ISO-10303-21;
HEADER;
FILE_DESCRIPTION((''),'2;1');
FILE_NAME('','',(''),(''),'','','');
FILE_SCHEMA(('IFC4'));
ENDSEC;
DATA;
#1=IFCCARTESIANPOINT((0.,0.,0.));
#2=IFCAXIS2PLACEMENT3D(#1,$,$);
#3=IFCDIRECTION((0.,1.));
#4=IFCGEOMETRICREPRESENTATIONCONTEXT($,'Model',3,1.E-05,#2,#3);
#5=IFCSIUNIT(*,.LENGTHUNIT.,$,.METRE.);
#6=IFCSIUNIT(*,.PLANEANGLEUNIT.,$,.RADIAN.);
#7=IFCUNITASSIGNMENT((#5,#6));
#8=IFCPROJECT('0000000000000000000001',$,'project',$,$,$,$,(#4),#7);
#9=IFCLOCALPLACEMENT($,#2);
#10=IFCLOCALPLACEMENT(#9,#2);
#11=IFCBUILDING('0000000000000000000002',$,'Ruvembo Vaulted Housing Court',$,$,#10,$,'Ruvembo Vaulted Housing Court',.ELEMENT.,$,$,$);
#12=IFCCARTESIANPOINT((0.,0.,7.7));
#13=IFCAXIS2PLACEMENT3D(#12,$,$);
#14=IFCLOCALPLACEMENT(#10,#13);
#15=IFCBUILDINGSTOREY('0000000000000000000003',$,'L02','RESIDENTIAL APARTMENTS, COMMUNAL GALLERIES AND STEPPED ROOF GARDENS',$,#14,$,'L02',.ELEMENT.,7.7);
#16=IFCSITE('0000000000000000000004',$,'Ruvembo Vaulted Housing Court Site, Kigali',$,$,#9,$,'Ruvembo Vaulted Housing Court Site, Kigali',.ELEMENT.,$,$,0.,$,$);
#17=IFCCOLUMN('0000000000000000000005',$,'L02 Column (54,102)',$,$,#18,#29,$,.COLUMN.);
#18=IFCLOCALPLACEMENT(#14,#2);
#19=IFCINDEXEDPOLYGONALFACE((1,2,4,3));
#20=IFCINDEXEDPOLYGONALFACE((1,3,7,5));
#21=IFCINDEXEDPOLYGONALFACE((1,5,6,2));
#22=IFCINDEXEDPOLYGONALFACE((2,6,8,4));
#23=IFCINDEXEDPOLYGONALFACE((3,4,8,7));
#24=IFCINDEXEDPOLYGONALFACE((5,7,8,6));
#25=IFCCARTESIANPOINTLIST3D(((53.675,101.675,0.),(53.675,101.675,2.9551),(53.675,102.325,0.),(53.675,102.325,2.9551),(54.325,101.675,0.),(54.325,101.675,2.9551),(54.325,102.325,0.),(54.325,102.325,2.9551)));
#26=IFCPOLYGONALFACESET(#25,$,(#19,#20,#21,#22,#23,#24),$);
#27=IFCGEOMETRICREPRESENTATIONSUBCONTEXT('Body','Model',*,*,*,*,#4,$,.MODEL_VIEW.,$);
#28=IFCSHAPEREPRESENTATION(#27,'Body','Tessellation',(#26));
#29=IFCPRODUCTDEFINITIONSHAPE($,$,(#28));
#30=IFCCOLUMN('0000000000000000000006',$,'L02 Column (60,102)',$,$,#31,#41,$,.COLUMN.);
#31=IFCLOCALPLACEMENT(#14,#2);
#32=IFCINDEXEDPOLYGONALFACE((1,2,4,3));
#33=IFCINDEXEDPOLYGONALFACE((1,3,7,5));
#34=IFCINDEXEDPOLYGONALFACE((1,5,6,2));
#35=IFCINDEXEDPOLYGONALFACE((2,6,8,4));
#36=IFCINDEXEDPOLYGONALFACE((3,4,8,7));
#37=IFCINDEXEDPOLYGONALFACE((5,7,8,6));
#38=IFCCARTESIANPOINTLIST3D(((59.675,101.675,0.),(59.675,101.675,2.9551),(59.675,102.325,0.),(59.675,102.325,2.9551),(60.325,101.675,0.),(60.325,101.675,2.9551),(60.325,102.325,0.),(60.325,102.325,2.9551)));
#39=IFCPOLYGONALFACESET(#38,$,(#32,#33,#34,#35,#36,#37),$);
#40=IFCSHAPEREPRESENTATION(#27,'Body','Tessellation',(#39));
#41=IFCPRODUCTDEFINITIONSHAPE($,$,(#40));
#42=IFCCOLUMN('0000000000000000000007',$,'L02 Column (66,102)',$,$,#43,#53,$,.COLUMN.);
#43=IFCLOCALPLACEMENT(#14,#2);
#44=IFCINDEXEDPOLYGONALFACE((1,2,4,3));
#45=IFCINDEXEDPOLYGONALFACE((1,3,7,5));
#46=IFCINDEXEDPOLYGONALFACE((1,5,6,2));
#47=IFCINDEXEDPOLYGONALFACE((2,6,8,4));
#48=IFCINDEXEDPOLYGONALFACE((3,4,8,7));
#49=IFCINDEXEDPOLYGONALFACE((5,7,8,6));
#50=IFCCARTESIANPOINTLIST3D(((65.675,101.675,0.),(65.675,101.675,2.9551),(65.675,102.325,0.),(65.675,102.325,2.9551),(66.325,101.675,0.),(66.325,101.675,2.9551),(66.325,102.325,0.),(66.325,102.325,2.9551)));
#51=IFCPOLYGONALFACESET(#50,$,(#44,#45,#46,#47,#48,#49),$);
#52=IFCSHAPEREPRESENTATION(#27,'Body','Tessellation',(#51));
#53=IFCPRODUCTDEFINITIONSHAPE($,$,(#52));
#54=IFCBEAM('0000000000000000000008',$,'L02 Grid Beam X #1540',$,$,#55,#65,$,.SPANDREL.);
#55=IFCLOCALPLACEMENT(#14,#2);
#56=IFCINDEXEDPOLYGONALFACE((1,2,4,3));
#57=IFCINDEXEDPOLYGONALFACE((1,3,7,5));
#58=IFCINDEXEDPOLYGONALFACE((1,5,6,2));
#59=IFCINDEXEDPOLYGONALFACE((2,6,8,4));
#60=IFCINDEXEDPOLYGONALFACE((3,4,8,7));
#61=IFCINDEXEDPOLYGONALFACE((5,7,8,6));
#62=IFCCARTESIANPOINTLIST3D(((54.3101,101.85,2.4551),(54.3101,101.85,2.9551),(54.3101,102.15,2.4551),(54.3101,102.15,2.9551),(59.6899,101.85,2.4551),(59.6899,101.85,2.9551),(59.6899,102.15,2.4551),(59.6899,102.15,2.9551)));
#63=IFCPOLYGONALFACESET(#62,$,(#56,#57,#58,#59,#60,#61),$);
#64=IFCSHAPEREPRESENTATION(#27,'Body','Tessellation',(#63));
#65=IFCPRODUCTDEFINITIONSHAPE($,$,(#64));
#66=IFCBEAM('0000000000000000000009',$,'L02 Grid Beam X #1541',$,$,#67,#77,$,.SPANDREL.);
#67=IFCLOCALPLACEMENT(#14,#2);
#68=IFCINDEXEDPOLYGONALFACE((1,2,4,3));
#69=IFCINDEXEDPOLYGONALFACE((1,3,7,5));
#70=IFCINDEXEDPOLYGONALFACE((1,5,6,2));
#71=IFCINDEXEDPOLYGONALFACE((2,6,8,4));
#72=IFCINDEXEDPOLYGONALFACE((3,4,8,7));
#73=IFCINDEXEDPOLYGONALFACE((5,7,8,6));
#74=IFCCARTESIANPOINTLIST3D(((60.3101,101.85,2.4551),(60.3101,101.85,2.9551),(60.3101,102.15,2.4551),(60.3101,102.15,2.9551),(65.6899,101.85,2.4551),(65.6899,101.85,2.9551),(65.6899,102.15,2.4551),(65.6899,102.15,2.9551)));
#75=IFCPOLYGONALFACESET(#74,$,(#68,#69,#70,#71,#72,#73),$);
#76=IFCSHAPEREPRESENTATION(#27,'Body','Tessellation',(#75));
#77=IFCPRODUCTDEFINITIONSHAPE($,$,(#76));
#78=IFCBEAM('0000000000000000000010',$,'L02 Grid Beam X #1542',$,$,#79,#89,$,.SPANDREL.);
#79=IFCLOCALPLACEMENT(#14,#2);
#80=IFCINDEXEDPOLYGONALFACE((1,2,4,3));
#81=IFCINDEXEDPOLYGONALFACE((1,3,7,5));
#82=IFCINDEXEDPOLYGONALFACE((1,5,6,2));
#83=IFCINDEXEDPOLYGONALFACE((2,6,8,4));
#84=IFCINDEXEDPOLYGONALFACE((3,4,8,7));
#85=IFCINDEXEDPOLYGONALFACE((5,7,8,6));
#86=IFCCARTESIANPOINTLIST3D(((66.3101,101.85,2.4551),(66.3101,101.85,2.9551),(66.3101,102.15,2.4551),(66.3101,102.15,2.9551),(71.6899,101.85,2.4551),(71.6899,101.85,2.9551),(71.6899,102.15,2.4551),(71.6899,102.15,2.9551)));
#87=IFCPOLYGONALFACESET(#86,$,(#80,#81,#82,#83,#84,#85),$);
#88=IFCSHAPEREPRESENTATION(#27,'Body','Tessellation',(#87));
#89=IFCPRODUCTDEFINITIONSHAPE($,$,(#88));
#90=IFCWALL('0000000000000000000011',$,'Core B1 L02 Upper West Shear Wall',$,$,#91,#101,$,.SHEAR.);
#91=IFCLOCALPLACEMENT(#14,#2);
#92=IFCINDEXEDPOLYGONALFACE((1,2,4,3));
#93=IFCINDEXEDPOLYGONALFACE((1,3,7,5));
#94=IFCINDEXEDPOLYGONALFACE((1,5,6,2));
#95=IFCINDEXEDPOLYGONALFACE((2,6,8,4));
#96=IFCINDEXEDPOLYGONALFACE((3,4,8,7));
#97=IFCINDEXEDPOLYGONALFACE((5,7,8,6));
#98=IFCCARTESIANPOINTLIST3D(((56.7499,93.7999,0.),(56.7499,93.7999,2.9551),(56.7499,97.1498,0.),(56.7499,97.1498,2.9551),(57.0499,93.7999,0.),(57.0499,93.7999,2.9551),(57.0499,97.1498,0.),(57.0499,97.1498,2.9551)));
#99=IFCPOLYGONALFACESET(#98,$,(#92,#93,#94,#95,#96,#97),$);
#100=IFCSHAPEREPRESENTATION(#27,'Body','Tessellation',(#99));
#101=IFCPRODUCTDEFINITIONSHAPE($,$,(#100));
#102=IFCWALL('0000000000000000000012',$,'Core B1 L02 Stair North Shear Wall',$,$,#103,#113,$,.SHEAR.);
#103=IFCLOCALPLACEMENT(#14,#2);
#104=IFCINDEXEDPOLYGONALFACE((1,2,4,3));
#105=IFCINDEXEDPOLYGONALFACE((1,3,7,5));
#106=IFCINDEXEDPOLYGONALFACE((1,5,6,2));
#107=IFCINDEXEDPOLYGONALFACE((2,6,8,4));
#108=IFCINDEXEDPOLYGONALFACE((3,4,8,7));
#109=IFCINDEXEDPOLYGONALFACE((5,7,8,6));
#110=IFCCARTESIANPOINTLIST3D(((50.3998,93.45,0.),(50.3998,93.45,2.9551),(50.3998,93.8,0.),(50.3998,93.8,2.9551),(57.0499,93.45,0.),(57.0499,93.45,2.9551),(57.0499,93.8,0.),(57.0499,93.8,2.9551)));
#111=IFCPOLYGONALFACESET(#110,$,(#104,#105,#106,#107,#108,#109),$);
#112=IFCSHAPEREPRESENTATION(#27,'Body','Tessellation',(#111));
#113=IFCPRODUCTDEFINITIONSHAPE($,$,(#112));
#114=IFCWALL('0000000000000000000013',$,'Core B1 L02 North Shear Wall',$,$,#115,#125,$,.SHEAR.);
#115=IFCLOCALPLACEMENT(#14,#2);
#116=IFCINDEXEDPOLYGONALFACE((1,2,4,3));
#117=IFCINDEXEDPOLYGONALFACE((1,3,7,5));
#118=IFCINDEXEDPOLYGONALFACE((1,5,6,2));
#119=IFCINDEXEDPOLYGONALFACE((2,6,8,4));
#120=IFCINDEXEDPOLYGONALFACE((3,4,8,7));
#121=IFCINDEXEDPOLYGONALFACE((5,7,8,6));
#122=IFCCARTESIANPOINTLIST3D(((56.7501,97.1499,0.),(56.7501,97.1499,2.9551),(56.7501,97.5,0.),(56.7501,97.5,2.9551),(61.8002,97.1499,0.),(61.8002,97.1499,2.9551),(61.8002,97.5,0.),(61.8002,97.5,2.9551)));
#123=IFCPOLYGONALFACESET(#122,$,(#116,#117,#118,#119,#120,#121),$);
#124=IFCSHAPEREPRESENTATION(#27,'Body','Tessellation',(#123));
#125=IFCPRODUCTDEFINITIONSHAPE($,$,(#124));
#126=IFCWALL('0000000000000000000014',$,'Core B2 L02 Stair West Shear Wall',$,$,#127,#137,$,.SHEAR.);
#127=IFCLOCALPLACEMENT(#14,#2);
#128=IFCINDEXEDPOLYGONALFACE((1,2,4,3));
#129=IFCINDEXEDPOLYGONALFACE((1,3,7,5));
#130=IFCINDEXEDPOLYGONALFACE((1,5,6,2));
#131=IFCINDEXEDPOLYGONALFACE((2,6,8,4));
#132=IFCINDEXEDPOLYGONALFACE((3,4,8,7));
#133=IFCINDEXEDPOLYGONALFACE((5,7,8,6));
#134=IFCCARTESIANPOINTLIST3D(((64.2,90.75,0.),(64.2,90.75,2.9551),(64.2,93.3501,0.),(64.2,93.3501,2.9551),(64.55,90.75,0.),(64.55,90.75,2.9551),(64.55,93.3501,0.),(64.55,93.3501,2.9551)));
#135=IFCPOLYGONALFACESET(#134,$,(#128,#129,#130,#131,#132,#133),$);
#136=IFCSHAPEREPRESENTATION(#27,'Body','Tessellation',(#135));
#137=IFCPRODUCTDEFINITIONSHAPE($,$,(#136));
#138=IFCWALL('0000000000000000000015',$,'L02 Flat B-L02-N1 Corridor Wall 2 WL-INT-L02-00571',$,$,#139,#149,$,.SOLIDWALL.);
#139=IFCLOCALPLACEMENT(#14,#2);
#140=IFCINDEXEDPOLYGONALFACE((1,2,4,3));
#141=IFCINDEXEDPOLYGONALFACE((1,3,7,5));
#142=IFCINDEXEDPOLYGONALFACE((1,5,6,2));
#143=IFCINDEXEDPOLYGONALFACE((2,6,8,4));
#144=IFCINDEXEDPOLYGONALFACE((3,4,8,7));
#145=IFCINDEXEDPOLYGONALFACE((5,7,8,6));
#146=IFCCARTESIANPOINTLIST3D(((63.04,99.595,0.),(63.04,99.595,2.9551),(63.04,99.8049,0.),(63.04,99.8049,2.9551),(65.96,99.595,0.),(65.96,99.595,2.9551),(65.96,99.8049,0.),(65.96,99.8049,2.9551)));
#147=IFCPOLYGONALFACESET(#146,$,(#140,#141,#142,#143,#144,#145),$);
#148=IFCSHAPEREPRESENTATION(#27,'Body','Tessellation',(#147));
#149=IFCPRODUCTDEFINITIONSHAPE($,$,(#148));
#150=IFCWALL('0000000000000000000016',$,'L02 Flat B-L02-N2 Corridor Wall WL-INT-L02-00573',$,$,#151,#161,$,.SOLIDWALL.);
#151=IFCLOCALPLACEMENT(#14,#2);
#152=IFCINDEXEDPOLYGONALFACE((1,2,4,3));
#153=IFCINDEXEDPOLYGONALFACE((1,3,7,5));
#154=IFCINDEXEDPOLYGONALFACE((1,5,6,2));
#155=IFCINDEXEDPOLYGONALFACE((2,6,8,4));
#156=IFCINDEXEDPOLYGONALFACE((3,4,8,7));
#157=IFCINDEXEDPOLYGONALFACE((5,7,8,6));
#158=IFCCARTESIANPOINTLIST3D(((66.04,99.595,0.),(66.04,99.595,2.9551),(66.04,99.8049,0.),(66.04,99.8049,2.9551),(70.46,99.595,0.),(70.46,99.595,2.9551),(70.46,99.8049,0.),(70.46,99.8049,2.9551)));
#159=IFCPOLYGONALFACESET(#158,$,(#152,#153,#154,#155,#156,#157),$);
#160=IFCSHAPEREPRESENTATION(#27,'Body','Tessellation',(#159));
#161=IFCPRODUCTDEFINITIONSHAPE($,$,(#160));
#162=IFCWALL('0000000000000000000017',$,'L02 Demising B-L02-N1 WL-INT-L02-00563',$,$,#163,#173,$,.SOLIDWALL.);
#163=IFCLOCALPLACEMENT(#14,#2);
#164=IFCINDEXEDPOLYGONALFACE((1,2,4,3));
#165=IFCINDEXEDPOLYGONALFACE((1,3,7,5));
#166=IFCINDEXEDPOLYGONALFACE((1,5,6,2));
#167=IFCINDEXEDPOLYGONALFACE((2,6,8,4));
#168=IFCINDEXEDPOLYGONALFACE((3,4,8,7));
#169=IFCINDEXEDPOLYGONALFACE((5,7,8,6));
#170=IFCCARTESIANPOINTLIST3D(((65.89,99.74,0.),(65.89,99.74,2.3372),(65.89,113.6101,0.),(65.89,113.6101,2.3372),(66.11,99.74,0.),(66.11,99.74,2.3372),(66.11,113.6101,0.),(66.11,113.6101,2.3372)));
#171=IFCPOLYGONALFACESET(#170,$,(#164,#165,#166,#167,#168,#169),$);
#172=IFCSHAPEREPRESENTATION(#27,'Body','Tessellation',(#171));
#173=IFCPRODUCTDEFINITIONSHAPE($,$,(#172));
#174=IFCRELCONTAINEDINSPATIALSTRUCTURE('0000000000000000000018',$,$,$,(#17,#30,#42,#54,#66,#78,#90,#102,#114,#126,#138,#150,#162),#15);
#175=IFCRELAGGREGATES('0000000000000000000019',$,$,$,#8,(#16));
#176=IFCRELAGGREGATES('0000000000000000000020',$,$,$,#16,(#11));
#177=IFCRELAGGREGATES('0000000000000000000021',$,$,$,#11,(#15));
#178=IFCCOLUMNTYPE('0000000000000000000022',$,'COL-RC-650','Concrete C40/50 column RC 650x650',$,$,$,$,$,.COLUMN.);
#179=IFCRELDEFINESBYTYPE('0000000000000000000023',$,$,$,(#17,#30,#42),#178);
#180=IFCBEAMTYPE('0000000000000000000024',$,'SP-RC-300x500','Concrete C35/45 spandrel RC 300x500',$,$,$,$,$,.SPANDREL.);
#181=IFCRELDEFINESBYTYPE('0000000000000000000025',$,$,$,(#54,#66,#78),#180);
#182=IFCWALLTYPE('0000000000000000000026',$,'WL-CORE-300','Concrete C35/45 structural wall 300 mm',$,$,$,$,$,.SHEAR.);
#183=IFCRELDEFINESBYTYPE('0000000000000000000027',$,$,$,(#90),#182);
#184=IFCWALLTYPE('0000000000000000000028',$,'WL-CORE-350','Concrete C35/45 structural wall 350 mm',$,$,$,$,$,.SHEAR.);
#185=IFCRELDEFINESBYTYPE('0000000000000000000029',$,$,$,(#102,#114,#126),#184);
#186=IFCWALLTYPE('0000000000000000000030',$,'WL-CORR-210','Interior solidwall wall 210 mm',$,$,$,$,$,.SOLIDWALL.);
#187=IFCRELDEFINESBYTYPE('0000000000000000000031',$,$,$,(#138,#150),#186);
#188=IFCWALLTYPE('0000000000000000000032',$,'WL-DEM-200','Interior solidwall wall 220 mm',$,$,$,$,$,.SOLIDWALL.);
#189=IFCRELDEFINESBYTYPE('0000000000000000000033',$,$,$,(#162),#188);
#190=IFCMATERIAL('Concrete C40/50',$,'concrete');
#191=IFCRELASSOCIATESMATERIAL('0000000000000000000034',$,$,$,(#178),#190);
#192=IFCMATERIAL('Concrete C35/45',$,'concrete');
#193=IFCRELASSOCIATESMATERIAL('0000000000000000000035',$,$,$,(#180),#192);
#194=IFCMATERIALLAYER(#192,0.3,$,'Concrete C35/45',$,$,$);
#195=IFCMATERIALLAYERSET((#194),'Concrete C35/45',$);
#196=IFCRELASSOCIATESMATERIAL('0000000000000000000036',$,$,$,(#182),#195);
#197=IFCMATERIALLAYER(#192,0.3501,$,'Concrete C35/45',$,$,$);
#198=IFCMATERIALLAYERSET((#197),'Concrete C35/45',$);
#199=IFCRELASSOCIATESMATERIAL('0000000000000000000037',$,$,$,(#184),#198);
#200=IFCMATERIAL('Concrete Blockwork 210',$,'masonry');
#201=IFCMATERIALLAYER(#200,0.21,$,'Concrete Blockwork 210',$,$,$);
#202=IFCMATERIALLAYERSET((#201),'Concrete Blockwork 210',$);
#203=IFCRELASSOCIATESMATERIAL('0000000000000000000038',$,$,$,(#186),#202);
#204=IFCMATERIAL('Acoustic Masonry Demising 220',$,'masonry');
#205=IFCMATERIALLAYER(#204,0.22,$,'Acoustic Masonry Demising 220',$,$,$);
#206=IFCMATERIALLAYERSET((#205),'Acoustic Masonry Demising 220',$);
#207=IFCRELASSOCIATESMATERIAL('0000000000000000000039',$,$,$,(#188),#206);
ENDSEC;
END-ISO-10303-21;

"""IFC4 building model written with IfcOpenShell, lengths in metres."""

from ifc_helpers import new_model, si_unit, direction, frame, frame_2d, origin, origin_2d, place, context, subcontext, project, spatial, rectangle, extrude, material, layer, layer_set, material_profile, profile_set, type_object, element, save


model = new_model("IFC4")

# Units and contexts
model_context = context("Model", 3, precision=1e-05, world=origin(), true_north=direction((0.0, 1.0)))
body_context = subcontext(model_context, "Body", "Model", "MODEL_VIEW")
ifc_project = project(units=[si_unit("LENGTHUNIT", "METRE"), si_unit("PLANEANGLEUNIT", "RADIAN")], contexts=[model_context])

# Site, building, storey
site_placement = place(None, origin())
site = spatial("IfcSite", under=ifc_project, at=site_placement, Name="Ruvembo Vaulted Housing Court Site, Kigali", LongName="Ruvembo Vaulted Housing Court Site, Kigali", CompositionType="ELEMENT", RefElevation=0.0)
building_placement = place(site_placement, origin())
building = spatial("IfcBuilding", under=site, at=building_placement, Name="Ruvembo Vaulted Housing Court", LongName="Ruvembo Vaulted Housing Court", CompositionType="ELEMENT")
storey_placement = place(building_placement, frame((0.0, 0.0, 7.7)))
storey = spatial("IfcBuildingStorey", under=building, at=storey_placement, Name="L02", Description="RESIDENTIAL APARTMENTS, COMMUNAL GALLERIES AND STEPPED ROOF GARDENS", LongName="L02", CompositionType="ELEMENT", Elevation=7.7)

# Columns
ifc_material_1 = material(Name="Concrete C40/50", Category="concrete")
ifc_material_profile_1 = material_profile(ifc_material_1, rectangle(XDim=0.6499, YDim=0.6499, at=origin_2d()), Name="RC 650x650")
ifc_profile_set_1 = profile_set([ifc_material_profile_1], Name="Concrete C40/50")
column_type = type_object("IfcColumnType", Name="COL-RC-650", Description="Concrete C40/50 column RC 650x650", PredefinedType="COLUMN", material=ifc_profile_set_1)
for number, where, z_axis, x_axis, name in (
    (1, (54.0, 102.0, 0.0), (0.0, 0.0, 1.0), (1.0, 0.0, 0.0), "L02 Column (54,102)"),
    (2, (60.0, 102.0, 0.0), (0.0, 0.0, 1.0), (1.0, 0.0, 0.0), "L02 Column (60,102)"),
    (3, (66.0, 102.0, 0.0), (0.0, 0.0, 1.0), (1.0, 0.0, 0.0), "L02 Column (66,102)"),
):
    element("IfcColumn", number, at=place(storey_placement, frame(where, z_axis=z_axis, x_axis=x_axis)), inside=storey, type_object=column_type, Name=name, PredefinedType="COLUMN", context=body_context, shape_type="SweptSolid", body=[
        extrude(rectangle(XDim=0.6499, YDim=0.6499, at=origin_2d()), origin(), (0.0, 0.0, 1.0), 2.9551),
    ])

# Beams
ifc_material_2 = material(Name="Concrete C35/45", Category="concrete")
ifc_material_profile_2 = material_profile(ifc_material_2, rectangle(XDim=0.3, YDim=0.5, at=origin_2d()), Name="RC 300x500")
ifc_profile_set_2 = profile_set([ifc_material_profile_2], Name="Concrete C35/45")
beam_type = type_object("IfcBeamType", Name="SP-RC-300x500", Description="Concrete C35/45 spandrel RC 300x500", PredefinedType="SPANDREL", material=ifc_profile_set_2)
for number, where, z_axis, x_axis, name in (
    (4, (54.3101, 102.0, 2.7051), (1.0, 0.0, 0.0), (0.0, 1.0, 0.0), "L02 Grid Beam X #1540"),
    (5, (60.3101, 102.0, 2.7051), (1.0, 0.0, 0.0), (0.0, 1.0, 0.0), "L02 Grid Beam X #1541"),
    (6, (66.3101, 102.0, 2.7051), (1.0, 0.0, 0.0), (0.0, 1.0, 0.0), "L02 Grid Beam X #1542"),
):
    element("IfcBeam", number, at=place(storey_placement, frame(where, z_axis=z_axis, x_axis=x_axis)), inside=storey, type_object=beam_type, Name=name, PredefinedType="SPANDREL", context=body_context, shape_type="SweptSolid", body=[
        extrude(rectangle(XDim=0.3, YDim=0.5, at=origin_2d()), origin(), (0.0, 0.0, 1.0), 5.3799),
    ])

# Walls
ifc_layer_1 = layer(ifc_material_2, 0.3, Name="Concrete C35/45")
ifc_layer_set_1 = layer_set([ifc_layer_1], Name="Concrete C35/45")
wall_type_1 = type_object("IfcWallType", Name="WL-CORE-300", Description="Concrete C35/45 structural wall 300 mm", PredefinedType="SHEAR", material=ifc_layer_set_1)
wall_1_placement = place(storey_placement, frame((56.8999, 93.8, 0.0), z_axis=(0.0, 0.0, 1.0), x_axis=(0.0, 1.0, 0.0)))
element("IfcWall", 7, at=wall_1_placement, inside=storey, type_object=wall_type_1, Name="Core B1 L02 Upper West Shear Wall", PredefinedType="SHEAR", context=body_context, shape_type="SweptSolid", body=[
    extrude(rectangle(XDim=3.3499, YDim=0.3, at=frame_2d((1.6748, 0.0))), origin(), (0.0, 0.0, 1.0), 2.9551),
])
ifc_layer_2 = layer(ifc_material_2, 0.3501, Name="Concrete C35/45")
ifc_layer_set_2 = layer_set([ifc_layer_2], Name="Concrete C35/45")
wall_type_2 = type_object("IfcWallType", Name="WL-CORE-350", Description="Concrete C35/45 structural wall 350 mm", PredefinedType="SHEAR", material=ifc_layer_set_2)
wall_2_placement = place(storey_placement, frame((57.05, 93.625, 0.0), z_axis=(0.0, 0.0, 1.0), x_axis=(-1.0, 0.0, 0.0)))
element("IfcWall", 8, at=wall_2_placement, inside=storey, type_object=wall_type_2, Name="Core B1 L02 Stair North Shear Wall", PredefinedType="SHEAR", context=body_context, shape_type="SweptSolid", body=[
    extrude(rectangle(XDim=6.6501, YDim=0.3501, at=frame_2d((3.3252, 0.0))), origin(), (0.0, 0.0, 1.0), 2.9551),
])
wall_3_placement = place(storey_placement, frame((61.8, 97.325, 0.0), z_axis=(0.0, 0.0, 1.0), x_axis=(-1.0, 0.0, 0.0)))
element("IfcWall", 9, at=wall_3_placement, inside=storey, type_object=wall_type_2, Name="Core B1 L02 North Shear Wall", PredefinedType="SHEAR", context=body_context, shape_type="SweptSolid", body=[
    extrude(rectangle(XDim=5.05, YDim=0.3501, at=frame_2d((2.5249, 0.0))), origin(), (0.0, 0.0, 1.0), 2.9551),
])
wall_4_placement = place(storey_placement, frame((64.375, 93.3501, 0.0), z_axis=(0.0, 0.0, 1.0), x_axis=(0.0, -1.0, 0.0)))
element("IfcWall", 10, at=wall_4_placement, inside=storey, type_object=wall_type_2, Name="Core B2 L02 Stair West Shear Wall", PredefinedType="SHEAR", context=body_context, shape_type="SweptSolid", body=[
    extrude(rectangle(XDim=2.6001, YDim=0.3501, at=frame_2d((1.3, 0.0))), origin(), (0.0, 0.0, 1.0), 2.9551),
])
ifc_material_3 = material(Name="Concrete Blockwork 210", Category="masonry")
ifc_layer_3 = layer(ifc_material_3, 0.21, Name="Concrete Blockwork 210")
ifc_layer_set_3 = layer_set([ifc_layer_3], Name="Concrete Blockwork 210")
wall_type_3 = type_object("IfcWallType", Name="WL-CORR-210", Description="Interior solidwall wall 210 mm", PredefinedType="SOLIDWALL", material=ifc_layer_set_3)
wall_5_placement = place(storey_placement, frame((63.04, 99.7, 0.0), z_axis=(0.0, 0.0, 1.0), x_axis=(1.0, 0.0, 0.0)))
element("IfcWall", 11, at=wall_5_placement, inside=storey, type_object=wall_type_3, Name="L02 Flat B-L02-N1 Corridor Wall 2 WL-INT-L02-00571", PredefinedType="SOLIDWALL", context=body_context, shape_type="SweptSolid", body=[
    extrude(rectangle(XDim=2.9199, YDim=0.21, at=frame_2d((1.46, 0.0))), origin(), (0.0, 0.0, 1.0), 2.9551),
])
wall_6_placement = place(storey_placement, frame((66.04, 99.7, 0.0), z_axis=(0.0, 0.0, 1.0), x_axis=(1.0, 0.0, 0.0)))
element("IfcWall", 12, at=wall_6_placement, inside=storey, type_object=wall_type_3, Name="L02 Flat B-L02-N2 Corridor Wall WL-INT-L02-00573", PredefinedType="SOLIDWALL", context=body_context, shape_type="SweptSolid", body=[
    extrude(rectangle(XDim=4.4199, YDim=0.21, at=frame_2d((2.21, 0.0))), origin(), (0.0, 0.0, 1.0), 2.9551),
])
ifc_material_4 = material(Name="Acoustic Masonry Demising 220", Category="masonry")
ifc_layer_4 = layer(ifc_material_4, 0.22, Name="Acoustic Masonry Demising 220")
ifc_layer_set_4 = layer_set([ifc_layer_4], Name="Acoustic Masonry Demising 220")
wall_type_4 = type_object("IfcWallType", Name="WL-DEM-200", Description="Interior solidwall wall 220 mm", PredefinedType="SOLIDWALL", material=ifc_layer_set_4)
wall_7_placement = place(storey_placement, frame((66.0, 99.74, 0.0), z_axis=(0.0, 0.0, 1.0), x_axis=(0.0, 1.0, 0.0)))
element("IfcWall", 13, at=wall_7_placement, inside=storey, type_object=wall_type_4, Name="L02 Demising B-L02-N1 WL-INT-L02-00563", PredefinedType="SOLIDWALL", context=body_context, shape_type="SweptSolid", body=[
    extrude(rectangle(XDim=13.8701, YDim=0.22, at=frame_2d((6.9351, 0.0))), origin(), (0.0, 0.0, 1.0), 2.3372),
])

save(model, "model.ifc")
